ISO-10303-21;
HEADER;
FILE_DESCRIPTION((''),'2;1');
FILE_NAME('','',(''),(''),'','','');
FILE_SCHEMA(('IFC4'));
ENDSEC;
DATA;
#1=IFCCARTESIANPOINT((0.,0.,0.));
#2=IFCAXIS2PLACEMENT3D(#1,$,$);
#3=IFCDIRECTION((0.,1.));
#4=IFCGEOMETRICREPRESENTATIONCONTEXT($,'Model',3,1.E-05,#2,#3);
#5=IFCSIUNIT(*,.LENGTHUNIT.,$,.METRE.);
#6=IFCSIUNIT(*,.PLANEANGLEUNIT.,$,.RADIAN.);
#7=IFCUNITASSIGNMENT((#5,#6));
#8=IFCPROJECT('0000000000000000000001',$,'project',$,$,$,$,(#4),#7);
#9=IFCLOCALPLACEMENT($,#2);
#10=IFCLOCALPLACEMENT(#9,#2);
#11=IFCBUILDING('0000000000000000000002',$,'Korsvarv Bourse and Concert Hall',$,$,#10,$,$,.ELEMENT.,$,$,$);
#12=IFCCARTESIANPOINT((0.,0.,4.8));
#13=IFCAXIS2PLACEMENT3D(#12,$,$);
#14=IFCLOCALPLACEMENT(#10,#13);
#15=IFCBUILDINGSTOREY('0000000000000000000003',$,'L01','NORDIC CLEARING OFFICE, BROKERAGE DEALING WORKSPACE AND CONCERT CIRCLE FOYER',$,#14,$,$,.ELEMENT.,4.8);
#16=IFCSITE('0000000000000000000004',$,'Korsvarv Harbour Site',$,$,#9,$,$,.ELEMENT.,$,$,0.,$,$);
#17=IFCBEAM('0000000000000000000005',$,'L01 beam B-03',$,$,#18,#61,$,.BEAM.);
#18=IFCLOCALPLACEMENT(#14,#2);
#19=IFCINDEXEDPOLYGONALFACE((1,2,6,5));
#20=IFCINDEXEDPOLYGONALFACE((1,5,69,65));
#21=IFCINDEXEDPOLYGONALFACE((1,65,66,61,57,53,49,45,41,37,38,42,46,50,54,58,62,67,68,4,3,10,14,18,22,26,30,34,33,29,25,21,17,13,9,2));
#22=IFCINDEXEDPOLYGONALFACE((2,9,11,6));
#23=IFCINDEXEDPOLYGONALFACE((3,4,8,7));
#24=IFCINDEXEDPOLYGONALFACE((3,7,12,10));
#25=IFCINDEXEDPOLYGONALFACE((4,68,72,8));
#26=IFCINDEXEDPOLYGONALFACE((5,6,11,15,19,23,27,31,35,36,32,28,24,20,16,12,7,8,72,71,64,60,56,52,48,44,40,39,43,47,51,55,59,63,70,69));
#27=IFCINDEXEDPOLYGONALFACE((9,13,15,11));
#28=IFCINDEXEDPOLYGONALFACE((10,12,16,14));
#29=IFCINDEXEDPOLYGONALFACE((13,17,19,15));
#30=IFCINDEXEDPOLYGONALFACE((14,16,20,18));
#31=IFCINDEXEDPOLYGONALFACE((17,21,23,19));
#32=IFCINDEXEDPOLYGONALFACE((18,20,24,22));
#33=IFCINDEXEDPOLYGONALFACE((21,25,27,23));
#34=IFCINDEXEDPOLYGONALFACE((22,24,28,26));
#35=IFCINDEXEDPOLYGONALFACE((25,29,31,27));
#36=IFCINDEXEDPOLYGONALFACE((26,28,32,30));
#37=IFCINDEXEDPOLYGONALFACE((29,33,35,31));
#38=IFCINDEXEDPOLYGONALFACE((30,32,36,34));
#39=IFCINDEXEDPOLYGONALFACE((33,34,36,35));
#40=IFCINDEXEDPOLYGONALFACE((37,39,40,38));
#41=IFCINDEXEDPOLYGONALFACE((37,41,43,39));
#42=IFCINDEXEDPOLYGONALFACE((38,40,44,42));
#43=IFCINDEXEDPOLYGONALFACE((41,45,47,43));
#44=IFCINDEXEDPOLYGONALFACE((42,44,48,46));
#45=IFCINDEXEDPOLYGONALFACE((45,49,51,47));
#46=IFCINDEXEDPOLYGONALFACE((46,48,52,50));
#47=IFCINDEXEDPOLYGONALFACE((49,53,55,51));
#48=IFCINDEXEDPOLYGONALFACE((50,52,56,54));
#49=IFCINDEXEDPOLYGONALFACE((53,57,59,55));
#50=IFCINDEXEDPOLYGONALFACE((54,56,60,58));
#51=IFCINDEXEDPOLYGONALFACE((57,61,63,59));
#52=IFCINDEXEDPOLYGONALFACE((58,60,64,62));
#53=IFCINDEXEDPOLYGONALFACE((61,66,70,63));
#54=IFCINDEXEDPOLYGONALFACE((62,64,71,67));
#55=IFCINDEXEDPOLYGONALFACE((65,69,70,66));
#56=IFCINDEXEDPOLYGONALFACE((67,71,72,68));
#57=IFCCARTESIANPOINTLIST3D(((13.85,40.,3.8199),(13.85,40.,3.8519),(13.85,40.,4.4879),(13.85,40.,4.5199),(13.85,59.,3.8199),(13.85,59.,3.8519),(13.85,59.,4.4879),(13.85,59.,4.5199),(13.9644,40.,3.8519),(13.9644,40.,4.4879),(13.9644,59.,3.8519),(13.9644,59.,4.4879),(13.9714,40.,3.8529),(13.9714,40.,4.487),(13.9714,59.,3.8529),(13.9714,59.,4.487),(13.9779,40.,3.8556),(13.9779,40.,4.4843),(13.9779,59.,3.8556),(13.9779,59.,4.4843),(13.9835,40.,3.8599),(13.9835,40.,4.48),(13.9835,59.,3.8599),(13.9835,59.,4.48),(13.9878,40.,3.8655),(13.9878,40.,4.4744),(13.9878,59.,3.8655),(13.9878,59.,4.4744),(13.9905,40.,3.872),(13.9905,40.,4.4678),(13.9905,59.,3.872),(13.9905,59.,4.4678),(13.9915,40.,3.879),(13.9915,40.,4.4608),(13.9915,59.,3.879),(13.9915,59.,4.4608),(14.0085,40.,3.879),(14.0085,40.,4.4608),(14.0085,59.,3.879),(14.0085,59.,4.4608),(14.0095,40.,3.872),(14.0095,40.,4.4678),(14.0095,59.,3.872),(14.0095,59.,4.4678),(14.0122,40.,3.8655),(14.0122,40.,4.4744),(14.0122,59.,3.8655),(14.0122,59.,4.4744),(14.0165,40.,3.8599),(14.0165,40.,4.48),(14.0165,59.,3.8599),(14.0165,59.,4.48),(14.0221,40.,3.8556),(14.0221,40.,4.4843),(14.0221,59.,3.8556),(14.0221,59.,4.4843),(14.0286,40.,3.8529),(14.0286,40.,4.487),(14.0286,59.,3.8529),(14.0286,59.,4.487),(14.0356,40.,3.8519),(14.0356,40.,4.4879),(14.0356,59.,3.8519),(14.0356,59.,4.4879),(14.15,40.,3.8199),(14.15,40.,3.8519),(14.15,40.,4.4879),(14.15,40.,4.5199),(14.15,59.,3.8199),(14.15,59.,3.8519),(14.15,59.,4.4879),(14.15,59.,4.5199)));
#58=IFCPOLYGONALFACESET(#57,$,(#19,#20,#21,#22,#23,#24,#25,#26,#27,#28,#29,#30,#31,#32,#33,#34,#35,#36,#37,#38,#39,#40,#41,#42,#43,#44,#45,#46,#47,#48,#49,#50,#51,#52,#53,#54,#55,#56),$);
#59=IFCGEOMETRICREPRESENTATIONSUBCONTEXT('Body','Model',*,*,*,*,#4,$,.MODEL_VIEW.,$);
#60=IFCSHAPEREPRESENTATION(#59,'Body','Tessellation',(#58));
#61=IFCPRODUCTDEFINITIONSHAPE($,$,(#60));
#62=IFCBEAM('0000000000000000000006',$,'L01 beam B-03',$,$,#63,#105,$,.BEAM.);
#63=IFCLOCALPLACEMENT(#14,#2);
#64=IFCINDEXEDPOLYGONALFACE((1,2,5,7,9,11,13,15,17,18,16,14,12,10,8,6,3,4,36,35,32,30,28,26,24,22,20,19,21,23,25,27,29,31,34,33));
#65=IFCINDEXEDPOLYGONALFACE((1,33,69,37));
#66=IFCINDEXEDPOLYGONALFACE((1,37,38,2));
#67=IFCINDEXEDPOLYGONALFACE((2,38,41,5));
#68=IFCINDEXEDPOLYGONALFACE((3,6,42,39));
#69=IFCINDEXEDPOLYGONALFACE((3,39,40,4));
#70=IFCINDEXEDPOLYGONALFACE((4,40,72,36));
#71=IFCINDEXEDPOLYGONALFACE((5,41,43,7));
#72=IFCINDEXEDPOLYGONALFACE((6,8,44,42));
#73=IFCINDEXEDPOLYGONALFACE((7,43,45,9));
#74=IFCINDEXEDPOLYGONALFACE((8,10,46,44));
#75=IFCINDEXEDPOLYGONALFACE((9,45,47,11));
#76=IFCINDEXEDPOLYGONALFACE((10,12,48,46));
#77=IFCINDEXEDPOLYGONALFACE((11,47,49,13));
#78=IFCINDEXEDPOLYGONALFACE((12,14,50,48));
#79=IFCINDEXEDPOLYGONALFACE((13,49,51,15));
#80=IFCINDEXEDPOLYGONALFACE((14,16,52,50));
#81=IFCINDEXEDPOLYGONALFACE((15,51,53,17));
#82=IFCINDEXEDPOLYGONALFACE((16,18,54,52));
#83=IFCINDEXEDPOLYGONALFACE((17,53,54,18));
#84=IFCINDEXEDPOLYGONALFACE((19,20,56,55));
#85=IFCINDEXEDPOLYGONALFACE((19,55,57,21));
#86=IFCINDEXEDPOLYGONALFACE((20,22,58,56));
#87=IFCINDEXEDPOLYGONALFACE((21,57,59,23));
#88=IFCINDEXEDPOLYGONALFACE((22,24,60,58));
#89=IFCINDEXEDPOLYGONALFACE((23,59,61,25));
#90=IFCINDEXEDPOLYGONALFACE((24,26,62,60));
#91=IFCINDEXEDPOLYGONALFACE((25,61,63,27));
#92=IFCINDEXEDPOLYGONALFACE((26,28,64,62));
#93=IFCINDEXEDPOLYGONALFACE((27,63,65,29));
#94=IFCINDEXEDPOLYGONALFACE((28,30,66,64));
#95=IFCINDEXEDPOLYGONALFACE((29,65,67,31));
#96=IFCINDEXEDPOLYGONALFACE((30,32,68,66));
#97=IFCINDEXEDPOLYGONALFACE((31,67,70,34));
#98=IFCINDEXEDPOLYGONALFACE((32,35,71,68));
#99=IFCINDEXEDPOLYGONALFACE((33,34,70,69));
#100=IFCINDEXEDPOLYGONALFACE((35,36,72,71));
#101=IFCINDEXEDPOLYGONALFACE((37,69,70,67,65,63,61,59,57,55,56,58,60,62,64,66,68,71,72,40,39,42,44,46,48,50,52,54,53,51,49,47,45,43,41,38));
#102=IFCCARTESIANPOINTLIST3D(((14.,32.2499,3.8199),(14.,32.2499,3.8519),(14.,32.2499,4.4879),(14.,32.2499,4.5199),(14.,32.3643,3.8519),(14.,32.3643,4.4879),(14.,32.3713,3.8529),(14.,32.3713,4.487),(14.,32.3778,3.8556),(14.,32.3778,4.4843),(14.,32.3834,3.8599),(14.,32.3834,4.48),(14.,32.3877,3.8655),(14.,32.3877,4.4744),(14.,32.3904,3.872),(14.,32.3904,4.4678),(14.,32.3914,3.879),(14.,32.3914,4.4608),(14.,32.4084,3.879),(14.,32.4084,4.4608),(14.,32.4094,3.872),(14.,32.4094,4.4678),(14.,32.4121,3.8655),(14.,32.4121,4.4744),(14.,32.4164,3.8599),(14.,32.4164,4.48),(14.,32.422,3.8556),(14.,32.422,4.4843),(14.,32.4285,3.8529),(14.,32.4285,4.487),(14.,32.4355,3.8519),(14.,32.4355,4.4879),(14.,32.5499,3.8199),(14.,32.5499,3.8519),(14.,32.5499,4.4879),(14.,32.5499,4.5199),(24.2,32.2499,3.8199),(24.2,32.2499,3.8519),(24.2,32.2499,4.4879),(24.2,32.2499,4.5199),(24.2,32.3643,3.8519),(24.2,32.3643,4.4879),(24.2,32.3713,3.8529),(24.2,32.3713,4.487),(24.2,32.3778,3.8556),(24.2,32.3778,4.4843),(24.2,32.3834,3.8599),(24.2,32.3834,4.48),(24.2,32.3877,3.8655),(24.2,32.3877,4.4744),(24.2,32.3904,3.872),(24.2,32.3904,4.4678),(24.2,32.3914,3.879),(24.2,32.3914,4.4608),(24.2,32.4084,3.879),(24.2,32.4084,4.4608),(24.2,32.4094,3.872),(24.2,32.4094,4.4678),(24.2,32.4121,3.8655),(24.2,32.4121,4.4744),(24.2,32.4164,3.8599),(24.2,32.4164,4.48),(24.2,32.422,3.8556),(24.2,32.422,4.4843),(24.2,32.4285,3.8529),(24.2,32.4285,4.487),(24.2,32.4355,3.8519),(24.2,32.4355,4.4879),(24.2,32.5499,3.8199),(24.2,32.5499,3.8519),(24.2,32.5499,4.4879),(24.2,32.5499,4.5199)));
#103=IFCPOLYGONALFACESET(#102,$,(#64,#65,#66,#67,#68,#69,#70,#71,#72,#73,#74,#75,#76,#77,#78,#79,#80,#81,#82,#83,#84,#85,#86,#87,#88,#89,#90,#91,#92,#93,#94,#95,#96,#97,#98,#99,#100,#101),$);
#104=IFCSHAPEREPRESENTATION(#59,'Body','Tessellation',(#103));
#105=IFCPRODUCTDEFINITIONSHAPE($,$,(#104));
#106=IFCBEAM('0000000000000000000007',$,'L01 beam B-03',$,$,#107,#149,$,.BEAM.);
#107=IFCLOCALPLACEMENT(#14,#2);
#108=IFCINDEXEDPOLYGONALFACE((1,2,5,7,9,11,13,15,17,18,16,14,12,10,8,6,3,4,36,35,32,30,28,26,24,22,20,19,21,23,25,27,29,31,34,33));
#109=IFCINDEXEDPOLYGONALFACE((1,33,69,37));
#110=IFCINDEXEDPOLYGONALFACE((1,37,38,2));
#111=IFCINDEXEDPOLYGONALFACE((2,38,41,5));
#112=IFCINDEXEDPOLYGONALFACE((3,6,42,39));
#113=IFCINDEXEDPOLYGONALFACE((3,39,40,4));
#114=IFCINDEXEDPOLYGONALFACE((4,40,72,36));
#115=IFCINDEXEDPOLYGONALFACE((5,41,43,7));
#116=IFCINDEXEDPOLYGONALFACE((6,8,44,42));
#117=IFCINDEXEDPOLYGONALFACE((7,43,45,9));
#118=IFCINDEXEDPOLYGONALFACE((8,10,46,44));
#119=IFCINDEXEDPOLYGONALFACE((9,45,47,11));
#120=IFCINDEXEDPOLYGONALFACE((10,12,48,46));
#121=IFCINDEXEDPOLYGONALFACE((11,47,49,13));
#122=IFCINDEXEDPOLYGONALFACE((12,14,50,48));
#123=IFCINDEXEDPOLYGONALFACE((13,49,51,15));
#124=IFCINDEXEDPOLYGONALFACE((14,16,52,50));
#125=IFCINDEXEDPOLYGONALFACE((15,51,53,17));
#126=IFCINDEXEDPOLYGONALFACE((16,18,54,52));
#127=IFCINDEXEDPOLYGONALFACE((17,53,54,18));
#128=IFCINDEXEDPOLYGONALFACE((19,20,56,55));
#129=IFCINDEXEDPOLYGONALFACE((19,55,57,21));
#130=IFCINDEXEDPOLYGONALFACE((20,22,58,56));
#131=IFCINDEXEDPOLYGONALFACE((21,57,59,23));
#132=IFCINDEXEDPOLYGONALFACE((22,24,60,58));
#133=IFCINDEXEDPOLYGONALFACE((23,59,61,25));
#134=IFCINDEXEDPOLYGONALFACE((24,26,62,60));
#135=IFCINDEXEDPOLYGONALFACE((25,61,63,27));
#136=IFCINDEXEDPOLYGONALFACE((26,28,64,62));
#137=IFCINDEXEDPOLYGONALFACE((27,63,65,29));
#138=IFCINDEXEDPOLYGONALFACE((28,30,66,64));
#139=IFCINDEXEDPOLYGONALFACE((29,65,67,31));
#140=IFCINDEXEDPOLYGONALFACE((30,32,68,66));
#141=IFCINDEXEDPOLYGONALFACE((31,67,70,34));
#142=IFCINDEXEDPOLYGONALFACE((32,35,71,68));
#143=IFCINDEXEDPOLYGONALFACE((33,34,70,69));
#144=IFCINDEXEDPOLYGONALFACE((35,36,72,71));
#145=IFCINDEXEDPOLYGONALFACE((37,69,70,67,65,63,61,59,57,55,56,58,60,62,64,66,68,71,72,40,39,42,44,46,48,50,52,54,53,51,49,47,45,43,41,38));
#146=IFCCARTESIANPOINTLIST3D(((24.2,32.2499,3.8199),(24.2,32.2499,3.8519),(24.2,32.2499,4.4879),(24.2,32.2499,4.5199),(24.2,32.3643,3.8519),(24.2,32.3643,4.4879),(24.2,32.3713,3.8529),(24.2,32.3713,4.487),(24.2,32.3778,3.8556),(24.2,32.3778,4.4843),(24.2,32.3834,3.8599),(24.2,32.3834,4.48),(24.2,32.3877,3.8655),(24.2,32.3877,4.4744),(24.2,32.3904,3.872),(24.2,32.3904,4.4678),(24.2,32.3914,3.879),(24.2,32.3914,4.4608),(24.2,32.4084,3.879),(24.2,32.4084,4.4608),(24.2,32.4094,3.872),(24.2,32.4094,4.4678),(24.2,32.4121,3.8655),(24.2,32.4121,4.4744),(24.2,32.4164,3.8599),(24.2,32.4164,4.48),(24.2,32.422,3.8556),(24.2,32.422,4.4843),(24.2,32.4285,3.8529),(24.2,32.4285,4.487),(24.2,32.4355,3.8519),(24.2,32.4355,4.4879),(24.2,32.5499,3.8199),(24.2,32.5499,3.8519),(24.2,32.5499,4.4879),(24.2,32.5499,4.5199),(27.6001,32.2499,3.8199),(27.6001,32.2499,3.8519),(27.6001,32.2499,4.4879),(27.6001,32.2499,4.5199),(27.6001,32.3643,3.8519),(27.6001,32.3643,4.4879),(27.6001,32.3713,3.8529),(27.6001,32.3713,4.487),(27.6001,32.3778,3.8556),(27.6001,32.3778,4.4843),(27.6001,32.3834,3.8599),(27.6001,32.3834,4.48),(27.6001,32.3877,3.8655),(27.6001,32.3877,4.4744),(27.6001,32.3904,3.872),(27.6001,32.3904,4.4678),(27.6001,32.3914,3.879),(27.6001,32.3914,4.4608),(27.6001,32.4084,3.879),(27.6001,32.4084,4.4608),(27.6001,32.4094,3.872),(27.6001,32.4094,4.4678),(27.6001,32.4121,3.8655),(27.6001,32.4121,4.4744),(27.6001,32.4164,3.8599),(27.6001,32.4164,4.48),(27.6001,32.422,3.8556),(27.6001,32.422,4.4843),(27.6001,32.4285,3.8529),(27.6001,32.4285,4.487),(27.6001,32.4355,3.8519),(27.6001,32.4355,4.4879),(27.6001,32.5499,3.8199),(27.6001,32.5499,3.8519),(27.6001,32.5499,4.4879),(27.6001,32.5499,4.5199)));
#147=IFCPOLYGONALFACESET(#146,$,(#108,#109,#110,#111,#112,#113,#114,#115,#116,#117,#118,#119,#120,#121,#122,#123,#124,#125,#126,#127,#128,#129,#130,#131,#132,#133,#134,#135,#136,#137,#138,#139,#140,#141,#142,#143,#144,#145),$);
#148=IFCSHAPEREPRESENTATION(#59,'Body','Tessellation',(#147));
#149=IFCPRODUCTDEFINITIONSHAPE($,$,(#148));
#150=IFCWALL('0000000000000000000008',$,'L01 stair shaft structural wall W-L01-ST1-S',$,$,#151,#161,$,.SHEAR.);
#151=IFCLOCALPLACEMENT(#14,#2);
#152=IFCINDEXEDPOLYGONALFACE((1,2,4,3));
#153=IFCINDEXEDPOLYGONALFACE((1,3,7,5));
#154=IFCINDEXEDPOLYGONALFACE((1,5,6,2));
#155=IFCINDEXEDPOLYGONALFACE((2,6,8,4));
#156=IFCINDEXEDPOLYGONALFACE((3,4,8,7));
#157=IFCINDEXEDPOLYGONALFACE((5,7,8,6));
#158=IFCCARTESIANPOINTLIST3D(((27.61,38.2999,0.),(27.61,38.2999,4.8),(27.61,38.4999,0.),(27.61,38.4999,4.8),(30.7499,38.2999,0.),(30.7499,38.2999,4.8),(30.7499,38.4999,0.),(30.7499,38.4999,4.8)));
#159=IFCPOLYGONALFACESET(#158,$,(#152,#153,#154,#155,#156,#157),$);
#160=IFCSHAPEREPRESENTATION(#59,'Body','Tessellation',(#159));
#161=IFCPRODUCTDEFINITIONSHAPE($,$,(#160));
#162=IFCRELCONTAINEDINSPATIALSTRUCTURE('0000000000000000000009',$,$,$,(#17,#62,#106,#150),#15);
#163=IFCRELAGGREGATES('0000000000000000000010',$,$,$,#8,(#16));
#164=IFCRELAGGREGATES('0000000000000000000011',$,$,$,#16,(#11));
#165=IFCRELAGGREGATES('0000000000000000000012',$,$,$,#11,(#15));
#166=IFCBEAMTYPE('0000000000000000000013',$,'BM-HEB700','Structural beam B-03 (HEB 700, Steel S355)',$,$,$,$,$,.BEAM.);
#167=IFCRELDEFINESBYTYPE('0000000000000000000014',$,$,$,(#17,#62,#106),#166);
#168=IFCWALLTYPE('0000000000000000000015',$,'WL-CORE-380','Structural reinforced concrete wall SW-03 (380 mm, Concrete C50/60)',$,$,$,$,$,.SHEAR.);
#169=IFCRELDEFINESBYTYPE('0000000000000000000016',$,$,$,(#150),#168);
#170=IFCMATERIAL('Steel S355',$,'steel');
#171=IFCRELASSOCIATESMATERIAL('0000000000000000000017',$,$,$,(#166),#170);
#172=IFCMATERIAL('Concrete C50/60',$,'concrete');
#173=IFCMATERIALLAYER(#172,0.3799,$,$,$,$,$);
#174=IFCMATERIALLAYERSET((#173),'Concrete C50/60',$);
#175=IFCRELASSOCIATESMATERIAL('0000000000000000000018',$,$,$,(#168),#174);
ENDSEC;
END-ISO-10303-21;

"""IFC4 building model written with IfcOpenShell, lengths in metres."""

from ifc_helpers import new_model, si_unit, direction, frame, frame_2d, origin, origin_2d, place, context, subcontext, project, spatial, rectangle, i_section, extrude, source, transform, mapped, material, layer, layer_set, material_profile, profile_set, type_object, element, save


model = new_model("IFC4")

# Units and contexts
model_context = context("Model", 3, precision=1e-05, world=origin(), true_north=direction((0.0, 1.0)))
body_context = subcontext(model_context, "Body", "Model", "MODEL_VIEW")
ifc_project = project(units=[si_unit("LENGTHUNIT", "METRE"), si_unit("PLANEANGLEUNIT", "RADIAN")], contexts=[model_context])

# Site, building, storey
site_placement = place(None, origin())
site = spatial("IfcSite", under=ifc_project, at=site_placement, Name="Korsvarv Harbour Site", CompositionType="ELEMENT", RefElevation=0.0)
building_placement = place(site_placement, origin())
building = spatial("IfcBuilding", under=site, at=building_placement, Name="Korsvarv Bourse and Concert Hall", CompositionType="ELEMENT")
storey_placement = place(building_placement, frame((0.0, 0.0, 4.8)))
storey = spatial("IfcBuildingStorey", under=building, at=storey_placement, Name="L01", Description="NORDIC CLEARING OFFICE, BROKERAGE DEALING WORKSPACE AND CONCERT CIRCLE FOYER", CompositionType="ELEMENT", Elevation=4.8)

# Beams
ifc_material_1 = material(Name="Steel S355", Category="steel")
ifc_material_profile_1 = material_profile(ifc_material_1, i_section(OverallWidth=0.3, OverallDepth=0.7, WebThickness=0.0171, FlangeThickness=0.032, FilletRadius=0.0271, at=origin_2d()), Name="HEB 700")
ifc_profile_set_1 = profile_set([ifc_material_profile_1], Name="Steel S355")
beam_type = type_object("IfcBeamType", Name="BM-HEB700", Description="Structural beam B-03 (HEB 700, Steel S355)", PredefinedType="BEAM", material=ifc_profile_set_1)
shared_shape_1 = source(origin(), body_context, "Body", "SweptSolid", [
    extrude(i_section(OverallWidth=0.3, OverallDepth=0.7, WebThickness=0.0171, FlangeThickness=0.032, FilletRadius=0.0271, at=origin_2d()), origin(), (0.0, 0.0, 1.0), 19.0),
])
beam_1_placement = place(storey_placement, frame((14.0, 40.0, 4.1699), z_axis=(0.0, 1.0, 0.0), x_axis=(-1.0, 0.0, 0.0)))
element("IfcBeam", 1, at=beam_1_placement, inside=storey, type_object=beam_type, Name="L01 beam B-03", PredefinedType="BEAM", context=body_context, shape_type="MappedRepresentation", body=[
    mapped(shared_shape_1, transform((0.0, 0.0, 0.0), scale=1.0)),
])
shared_shape_2 = source(origin(), body_context, "Body", "SweptSolid", [
    extrude(i_section(OverallWidth=0.3, OverallDepth=0.7, WebThickness=0.0171, FlangeThickness=0.032, FilletRadius=0.0271, at=origin_2d()), origin(), (0.0, 0.0, 1.0), 10.2),
])
beam_2_placement = place(storey_placement, frame((14.0, 32.3999, 4.1699), z_axis=(1.0, 0.0, 0.0), x_axis=(0.0, 1.0, 0.0)))
element("IfcBeam", 2, at=beam_2_placement, inside=storey, type_object=beam_type, Name="L01 beam B-03", PredefinedType="BEAM", context=body_context, shape_type="MappedRepresentation", body=[
    mapped(shared_shape_2, transform((0.0, 0.0, 0.0), scale=1.0)),
])
shared_shape_3 = source(origin(), body_context, "Body", "SweptSolid", [
    extrude(i_section(OverallWidth=0.3, OverallDepth=0.7, WebThickness=0.0171, FlangeThickness=0.032, FilletRadius=0.0271, at=origin_2d()), origin(), (0.0, 0.0, 1.0), 3.4001),
])
beam_3_placement = place(storey_placement, frame((24.2, 32.3999, 4.1699), z_axis=(1.0, 0.0, 0.0), x_axis=(0.0, 1.0, 0.0)))
element("IfcBeam", 3, at=beam_3_placement, inside=storey, type_object=beam_type, Name="L01 beam B-03", PredefinedType="BEAM", context=body_context, shape_type="MappedRepresentation", body=[
    mapped(shared_shape_3, transform((0.0, 0.0, 0.0), scale=1.0)),
])

# Wall
ifc_material_2 = material(Name="Concrete C50/60", Category="concrete")
ifc_layer_1 = layer(ifc_material_2, 0.3799)
ifc_layer_set_1 = layer_set([ifc_layer_1], Name="Concrete C50/60")
wall_type_1 = type_object("IfcWallType", Name="WL-CORE-380", Description="Structural reinforced concrete wall SW-03 (380 mm, Concrete C50/60)", PredefinedType="SHEAR", material=ifc_layer_set_1)
wall_1_placement = place(storey_placement, frame((27.6101, 38.3999, 0.0), z_axis=(0.0, 0.0, 1.0), x_axis=(1.0, 0.0, 0.0)))
element("IfcWall", 4, at=wall_1_placement, inside=storey, type_object=wall_type_1, Name="L01 stair shaft structural wall W-L01-ST1-S", PredefinedType="SHEAR", context=body_context, shape_type="SweptSolid", body=[
    extrude(rectangle(XDim=3.1399, YDim=0.2, at=frame_2d((1.5698, 0.0))), origin(), (0.0, 0.0, 1.0), 4.8),
])

save(model, "model.ifc")
